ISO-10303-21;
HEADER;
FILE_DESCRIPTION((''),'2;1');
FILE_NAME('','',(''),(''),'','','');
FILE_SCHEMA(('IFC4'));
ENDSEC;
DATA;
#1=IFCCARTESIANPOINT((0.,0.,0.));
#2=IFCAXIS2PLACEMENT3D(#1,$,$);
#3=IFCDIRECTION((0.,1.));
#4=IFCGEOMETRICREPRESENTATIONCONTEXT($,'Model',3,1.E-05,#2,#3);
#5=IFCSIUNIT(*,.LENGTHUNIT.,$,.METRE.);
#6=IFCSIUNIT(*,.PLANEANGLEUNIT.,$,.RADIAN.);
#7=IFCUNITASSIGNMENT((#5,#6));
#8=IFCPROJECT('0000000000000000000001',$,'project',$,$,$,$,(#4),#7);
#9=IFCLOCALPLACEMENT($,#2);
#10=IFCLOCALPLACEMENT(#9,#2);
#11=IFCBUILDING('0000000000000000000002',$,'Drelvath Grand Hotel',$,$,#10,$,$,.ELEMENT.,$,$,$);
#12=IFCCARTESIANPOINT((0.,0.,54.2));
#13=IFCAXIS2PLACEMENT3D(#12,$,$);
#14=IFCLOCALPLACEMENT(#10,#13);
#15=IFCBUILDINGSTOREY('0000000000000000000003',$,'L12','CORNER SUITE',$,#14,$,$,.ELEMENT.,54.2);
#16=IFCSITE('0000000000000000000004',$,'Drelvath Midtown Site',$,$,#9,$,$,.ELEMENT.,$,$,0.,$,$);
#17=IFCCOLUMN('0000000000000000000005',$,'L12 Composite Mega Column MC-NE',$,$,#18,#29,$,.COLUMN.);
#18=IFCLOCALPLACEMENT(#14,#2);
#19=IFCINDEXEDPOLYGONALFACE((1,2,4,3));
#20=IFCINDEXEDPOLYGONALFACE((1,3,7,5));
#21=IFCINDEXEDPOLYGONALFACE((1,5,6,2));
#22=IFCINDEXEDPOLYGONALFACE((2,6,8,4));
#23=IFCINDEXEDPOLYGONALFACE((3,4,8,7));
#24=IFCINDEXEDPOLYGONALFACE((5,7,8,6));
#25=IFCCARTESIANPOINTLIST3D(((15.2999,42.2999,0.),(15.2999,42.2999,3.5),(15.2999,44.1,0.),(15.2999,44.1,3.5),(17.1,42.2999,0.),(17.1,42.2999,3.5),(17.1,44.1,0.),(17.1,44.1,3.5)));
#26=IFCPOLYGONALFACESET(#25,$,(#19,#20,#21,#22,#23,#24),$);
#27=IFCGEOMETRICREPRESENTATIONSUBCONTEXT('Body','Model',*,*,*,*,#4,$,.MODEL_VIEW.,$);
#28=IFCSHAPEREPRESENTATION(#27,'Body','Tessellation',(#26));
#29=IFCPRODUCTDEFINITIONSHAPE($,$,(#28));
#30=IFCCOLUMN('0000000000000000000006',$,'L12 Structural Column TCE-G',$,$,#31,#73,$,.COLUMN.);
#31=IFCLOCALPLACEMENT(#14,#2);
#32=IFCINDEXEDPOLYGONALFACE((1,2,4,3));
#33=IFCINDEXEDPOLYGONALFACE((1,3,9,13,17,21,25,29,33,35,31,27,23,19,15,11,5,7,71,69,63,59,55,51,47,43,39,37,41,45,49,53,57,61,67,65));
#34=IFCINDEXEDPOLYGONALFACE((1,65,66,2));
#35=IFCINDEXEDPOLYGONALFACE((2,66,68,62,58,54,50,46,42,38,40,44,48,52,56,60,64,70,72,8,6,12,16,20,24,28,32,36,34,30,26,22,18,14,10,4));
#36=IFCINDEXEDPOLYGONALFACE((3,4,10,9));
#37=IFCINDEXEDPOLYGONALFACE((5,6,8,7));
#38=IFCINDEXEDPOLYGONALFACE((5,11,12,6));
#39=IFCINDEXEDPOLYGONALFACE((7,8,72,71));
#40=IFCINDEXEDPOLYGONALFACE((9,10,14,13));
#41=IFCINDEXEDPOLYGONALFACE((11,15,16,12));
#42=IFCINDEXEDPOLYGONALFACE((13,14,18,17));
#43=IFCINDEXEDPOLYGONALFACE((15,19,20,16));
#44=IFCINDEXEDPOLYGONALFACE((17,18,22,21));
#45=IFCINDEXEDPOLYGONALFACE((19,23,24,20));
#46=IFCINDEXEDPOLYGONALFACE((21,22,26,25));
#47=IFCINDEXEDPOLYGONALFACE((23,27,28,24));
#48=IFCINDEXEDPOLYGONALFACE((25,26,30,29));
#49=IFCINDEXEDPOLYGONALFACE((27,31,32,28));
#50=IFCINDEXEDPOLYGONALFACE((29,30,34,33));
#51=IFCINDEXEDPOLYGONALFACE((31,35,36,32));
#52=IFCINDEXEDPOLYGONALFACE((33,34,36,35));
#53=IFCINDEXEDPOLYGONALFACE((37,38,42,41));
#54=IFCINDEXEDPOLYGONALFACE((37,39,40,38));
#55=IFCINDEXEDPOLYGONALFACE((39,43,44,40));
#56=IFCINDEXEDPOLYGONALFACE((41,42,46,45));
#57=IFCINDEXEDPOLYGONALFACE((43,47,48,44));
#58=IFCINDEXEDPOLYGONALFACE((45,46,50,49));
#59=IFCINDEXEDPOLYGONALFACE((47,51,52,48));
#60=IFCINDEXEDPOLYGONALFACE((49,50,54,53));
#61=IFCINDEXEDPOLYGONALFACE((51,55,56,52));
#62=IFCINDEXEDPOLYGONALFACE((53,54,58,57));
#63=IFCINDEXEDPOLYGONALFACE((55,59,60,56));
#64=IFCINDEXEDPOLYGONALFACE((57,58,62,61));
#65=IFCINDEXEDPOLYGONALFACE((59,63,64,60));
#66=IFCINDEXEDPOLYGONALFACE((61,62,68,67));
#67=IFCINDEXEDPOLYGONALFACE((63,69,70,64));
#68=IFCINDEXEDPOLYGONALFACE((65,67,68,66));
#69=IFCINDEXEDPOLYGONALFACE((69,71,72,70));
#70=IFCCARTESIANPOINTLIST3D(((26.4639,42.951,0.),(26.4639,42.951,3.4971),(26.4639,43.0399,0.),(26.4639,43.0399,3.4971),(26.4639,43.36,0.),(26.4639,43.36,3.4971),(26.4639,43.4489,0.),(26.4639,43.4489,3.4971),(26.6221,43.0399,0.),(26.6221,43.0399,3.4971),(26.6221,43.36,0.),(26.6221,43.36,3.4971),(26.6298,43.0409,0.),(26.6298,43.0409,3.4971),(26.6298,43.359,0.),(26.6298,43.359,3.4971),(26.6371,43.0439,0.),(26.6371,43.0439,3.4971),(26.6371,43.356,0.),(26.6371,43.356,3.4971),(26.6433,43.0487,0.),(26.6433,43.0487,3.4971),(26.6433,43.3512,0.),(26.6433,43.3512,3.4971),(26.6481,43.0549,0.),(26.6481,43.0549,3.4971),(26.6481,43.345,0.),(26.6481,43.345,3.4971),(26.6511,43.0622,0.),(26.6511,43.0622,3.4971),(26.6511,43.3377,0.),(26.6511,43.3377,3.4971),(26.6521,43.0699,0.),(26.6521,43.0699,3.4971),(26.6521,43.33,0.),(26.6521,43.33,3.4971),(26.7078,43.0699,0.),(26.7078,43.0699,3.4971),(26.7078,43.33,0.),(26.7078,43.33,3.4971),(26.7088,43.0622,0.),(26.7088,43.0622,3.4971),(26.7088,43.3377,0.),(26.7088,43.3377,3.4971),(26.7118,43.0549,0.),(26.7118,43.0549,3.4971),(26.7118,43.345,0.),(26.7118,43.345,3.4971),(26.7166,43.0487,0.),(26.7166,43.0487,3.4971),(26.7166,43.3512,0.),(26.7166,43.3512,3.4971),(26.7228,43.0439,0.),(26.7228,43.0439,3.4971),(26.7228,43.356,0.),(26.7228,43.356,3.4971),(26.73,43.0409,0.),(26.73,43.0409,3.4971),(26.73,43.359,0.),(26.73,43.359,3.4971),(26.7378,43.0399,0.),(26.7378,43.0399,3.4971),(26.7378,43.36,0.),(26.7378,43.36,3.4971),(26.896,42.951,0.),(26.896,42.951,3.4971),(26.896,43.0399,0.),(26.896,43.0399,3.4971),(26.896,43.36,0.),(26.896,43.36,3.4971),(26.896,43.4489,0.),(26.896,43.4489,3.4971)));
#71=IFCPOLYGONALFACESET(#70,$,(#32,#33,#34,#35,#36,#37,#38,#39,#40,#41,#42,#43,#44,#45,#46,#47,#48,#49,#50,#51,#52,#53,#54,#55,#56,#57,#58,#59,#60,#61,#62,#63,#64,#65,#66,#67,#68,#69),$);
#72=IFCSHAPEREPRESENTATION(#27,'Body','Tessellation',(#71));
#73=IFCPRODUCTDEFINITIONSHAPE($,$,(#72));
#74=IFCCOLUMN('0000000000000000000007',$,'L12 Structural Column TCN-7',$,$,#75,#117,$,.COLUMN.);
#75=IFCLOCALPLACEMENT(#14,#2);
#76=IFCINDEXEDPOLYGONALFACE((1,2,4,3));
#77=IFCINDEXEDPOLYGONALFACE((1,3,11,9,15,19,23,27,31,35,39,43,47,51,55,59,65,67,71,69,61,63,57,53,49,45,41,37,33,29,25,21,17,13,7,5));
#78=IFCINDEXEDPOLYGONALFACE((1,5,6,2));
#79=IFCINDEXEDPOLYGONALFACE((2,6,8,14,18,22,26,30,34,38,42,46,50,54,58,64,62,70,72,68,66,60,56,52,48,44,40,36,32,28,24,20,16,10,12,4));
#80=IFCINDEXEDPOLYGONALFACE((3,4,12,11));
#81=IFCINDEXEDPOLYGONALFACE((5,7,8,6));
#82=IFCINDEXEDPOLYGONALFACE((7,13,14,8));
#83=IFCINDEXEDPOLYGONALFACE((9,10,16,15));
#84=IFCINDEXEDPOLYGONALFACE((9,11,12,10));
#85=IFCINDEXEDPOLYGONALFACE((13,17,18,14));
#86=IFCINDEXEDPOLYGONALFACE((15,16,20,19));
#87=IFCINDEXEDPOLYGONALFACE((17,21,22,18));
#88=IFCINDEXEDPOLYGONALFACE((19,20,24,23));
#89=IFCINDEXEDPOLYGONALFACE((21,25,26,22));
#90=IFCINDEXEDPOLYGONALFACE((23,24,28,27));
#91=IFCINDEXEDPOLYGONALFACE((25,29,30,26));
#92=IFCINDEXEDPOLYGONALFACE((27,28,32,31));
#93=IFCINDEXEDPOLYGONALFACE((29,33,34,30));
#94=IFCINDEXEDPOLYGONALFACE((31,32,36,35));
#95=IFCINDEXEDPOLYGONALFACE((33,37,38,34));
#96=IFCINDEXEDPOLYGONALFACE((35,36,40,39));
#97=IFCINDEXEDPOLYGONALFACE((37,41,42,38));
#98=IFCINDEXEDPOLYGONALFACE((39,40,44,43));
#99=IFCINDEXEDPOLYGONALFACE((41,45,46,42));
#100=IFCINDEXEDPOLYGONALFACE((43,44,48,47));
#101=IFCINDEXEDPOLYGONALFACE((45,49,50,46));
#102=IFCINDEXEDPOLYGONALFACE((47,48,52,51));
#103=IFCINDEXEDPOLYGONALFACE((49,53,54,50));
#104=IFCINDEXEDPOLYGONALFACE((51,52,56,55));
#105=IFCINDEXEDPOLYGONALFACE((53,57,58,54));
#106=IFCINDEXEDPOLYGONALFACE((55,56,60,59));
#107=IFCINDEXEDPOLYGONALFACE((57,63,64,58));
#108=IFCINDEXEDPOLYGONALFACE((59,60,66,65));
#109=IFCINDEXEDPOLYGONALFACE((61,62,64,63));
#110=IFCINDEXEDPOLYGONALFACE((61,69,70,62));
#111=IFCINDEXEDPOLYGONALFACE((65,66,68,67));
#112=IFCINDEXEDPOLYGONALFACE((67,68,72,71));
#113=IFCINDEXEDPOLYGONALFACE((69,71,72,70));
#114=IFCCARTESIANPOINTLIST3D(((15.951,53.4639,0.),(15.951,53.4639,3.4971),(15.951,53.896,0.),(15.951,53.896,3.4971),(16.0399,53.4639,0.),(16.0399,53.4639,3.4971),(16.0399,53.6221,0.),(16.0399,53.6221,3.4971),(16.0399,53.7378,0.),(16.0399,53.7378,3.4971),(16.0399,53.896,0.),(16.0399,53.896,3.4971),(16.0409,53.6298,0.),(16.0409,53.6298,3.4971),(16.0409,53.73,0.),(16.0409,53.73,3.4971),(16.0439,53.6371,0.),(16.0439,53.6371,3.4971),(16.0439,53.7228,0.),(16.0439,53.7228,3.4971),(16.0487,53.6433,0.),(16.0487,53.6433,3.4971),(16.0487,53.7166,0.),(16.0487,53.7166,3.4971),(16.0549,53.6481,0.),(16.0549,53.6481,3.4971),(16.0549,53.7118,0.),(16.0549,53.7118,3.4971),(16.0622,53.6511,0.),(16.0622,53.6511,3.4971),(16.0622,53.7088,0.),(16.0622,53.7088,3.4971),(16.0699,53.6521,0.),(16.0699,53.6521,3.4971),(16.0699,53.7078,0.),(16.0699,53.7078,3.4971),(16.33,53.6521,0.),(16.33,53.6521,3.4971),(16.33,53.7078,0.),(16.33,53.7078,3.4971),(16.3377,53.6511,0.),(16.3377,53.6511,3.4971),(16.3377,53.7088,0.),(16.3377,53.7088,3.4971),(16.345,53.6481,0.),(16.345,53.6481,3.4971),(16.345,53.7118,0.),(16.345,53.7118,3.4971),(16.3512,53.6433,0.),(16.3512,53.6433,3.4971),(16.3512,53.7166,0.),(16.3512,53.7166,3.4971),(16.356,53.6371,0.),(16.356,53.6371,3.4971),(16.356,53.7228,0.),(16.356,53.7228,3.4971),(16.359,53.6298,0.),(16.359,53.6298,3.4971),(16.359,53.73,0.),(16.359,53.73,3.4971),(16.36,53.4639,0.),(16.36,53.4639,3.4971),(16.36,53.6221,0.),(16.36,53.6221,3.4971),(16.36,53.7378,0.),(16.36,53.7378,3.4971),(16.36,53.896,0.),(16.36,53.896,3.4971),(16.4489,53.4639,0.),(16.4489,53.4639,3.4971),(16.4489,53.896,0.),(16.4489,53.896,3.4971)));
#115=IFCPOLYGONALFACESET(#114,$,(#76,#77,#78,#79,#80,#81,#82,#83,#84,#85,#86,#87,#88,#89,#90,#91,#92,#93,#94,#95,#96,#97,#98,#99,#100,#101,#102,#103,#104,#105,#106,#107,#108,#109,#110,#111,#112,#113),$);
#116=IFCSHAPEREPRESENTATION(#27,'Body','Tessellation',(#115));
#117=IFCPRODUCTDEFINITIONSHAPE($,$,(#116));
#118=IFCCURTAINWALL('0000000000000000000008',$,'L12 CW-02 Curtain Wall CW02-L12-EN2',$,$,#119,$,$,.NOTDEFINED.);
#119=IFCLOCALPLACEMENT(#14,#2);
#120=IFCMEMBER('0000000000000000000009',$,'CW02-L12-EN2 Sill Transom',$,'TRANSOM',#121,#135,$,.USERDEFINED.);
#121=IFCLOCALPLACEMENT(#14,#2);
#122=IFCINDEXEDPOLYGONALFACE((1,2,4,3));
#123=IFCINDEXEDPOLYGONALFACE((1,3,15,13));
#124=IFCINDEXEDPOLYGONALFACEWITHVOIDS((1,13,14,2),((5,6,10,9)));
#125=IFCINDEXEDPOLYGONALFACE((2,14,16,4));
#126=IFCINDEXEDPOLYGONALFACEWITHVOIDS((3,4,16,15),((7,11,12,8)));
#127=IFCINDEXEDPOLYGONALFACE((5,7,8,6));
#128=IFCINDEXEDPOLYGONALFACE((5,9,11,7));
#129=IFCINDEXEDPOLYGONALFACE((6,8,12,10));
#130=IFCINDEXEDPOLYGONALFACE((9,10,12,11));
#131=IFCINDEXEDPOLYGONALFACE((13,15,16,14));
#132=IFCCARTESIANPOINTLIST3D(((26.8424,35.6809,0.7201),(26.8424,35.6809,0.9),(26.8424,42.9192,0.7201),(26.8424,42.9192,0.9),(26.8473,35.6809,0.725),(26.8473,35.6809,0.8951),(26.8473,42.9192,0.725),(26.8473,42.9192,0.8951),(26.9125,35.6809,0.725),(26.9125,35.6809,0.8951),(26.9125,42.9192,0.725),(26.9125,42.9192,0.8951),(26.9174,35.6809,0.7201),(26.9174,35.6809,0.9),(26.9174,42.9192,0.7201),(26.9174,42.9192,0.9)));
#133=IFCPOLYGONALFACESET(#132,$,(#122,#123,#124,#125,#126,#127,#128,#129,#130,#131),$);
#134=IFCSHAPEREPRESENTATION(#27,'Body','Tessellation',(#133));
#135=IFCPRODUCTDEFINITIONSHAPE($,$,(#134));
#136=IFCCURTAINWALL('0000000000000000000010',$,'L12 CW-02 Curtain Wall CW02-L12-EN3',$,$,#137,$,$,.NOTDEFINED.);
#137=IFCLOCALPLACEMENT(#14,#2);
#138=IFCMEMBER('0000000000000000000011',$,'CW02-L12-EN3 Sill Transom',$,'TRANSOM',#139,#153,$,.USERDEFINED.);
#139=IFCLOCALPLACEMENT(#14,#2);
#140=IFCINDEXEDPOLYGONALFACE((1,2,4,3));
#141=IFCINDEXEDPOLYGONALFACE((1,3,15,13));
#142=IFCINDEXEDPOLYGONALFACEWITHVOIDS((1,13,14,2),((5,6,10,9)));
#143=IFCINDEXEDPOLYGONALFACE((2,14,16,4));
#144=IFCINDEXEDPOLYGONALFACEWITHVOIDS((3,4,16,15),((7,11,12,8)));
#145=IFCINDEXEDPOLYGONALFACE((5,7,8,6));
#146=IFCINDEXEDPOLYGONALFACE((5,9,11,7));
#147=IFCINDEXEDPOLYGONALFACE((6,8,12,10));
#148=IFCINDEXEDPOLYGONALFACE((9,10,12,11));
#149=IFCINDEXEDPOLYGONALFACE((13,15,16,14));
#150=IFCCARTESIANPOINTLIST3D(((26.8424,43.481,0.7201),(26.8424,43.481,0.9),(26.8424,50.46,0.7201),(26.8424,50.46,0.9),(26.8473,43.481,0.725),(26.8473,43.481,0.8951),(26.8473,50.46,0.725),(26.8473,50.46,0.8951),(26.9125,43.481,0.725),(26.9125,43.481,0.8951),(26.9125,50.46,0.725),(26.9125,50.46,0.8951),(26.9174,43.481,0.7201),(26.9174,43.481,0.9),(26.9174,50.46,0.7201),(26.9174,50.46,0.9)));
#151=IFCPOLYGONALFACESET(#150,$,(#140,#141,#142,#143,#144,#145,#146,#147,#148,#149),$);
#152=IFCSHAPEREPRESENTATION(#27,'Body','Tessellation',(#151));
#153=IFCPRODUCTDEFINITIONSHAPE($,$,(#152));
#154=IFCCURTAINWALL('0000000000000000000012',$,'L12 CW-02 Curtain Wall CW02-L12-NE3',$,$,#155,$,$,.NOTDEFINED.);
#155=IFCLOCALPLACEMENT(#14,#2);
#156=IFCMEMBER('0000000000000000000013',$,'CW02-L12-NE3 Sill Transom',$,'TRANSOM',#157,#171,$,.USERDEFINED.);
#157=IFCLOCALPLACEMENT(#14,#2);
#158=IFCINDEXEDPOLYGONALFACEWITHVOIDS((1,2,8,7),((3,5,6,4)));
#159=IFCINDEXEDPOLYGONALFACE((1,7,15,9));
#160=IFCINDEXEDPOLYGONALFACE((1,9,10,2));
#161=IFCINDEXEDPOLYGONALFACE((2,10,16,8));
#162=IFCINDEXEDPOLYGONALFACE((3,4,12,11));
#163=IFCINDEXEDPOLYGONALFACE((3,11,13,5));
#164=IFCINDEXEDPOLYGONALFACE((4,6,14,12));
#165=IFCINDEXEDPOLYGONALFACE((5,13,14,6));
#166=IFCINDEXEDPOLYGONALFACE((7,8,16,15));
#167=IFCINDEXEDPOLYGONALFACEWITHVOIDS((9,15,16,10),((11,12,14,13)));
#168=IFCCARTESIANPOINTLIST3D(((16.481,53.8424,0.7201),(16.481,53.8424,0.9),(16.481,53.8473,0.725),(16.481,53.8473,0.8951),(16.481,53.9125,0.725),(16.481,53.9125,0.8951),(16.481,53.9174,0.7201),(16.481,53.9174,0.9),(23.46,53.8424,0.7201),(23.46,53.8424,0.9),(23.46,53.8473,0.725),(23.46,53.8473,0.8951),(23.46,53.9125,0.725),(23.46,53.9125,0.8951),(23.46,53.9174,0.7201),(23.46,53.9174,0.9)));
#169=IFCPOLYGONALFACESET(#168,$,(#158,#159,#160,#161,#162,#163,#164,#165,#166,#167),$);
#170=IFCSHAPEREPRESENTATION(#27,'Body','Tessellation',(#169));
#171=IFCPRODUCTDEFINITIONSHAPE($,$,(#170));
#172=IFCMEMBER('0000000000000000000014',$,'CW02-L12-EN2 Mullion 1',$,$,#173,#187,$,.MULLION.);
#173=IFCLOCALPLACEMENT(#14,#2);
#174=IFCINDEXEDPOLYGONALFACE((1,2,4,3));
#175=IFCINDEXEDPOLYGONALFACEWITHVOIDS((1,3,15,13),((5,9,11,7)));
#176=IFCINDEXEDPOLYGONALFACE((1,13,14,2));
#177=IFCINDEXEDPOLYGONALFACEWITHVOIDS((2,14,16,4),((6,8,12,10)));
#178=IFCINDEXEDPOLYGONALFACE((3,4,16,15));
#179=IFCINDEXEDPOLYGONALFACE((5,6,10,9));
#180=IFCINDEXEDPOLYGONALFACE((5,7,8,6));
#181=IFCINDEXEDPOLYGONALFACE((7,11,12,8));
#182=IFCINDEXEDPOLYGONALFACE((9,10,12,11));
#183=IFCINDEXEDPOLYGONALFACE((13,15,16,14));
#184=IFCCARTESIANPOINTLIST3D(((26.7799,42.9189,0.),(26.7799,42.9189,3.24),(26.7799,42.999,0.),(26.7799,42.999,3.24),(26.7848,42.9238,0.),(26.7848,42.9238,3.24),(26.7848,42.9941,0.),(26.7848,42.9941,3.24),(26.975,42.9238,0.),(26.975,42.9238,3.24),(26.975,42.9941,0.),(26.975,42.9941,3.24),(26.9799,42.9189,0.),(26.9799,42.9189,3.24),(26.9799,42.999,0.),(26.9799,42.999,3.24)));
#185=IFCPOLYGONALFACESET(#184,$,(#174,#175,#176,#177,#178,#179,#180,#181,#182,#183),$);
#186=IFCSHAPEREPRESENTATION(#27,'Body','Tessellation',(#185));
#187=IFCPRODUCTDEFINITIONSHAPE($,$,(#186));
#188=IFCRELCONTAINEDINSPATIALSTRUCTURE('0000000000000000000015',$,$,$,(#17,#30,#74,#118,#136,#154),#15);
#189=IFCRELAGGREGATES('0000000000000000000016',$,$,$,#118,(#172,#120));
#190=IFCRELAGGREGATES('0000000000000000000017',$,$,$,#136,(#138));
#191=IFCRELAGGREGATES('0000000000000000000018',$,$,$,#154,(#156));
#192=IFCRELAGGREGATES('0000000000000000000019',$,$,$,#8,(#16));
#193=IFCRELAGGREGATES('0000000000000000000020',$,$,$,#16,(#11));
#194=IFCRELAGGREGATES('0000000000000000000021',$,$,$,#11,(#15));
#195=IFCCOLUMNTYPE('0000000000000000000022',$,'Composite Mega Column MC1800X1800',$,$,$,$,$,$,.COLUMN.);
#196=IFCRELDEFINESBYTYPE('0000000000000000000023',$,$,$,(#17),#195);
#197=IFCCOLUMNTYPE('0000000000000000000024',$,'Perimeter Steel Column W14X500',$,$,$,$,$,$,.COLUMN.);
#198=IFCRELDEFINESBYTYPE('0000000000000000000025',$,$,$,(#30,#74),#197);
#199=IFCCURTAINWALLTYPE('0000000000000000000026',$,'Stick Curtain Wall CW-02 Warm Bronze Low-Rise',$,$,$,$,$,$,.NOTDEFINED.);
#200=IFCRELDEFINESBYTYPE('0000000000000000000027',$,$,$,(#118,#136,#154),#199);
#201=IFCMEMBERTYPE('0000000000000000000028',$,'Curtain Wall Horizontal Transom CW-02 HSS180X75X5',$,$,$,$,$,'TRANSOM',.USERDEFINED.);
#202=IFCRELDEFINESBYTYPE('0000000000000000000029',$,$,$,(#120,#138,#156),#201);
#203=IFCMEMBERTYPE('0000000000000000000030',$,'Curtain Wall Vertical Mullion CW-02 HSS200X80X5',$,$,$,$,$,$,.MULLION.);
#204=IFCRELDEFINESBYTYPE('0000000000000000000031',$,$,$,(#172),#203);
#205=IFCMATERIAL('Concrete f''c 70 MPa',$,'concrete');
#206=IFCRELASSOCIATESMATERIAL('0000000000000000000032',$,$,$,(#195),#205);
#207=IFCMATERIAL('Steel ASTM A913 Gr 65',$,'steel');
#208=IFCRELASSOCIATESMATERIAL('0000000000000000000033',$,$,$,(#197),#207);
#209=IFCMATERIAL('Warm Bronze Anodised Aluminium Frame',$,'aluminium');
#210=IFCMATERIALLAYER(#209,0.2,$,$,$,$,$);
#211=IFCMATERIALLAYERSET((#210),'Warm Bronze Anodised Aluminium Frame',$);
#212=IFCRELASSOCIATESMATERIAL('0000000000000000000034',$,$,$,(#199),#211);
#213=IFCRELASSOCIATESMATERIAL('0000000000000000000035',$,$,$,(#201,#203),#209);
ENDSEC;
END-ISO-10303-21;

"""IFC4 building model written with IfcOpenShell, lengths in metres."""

from ifc_helpers import new_model, si_unit, direction, frame, origin, origin_2d, place, context, subcontext, project, spatial, rectangle, hollow_rectangle, i_section, extrude, material, layer, layer_set, material_profile, profile_set, type_object, element, aggregate, save


model = new_model("IFC4")

# Units and contexts
model_context = context("Model", 3, precision=1e-05, world=origin(), true_north=direction((0.0, 1.0)))
body_context = subcontext(model_context, "Body", "Model", "MODEL_VIEW")
ifc_project = project(units=[si_unit("LENGTHUNIT", "METRE"), si_unit("PLANEANGLEUNIT", "RADIAN")], contexts=[model_context])

# Site, building, storey
site_placement = place(None, origin())
site = spatial("IfcSite", under=ifc_project, at=site_placement, Name="Drelvath Midtown Site", CompositionType="ELEMENT", RefElevation=0.0)
building_placement = place(site_placement, origin())
building = spatial("IfcBuilding", under=site, at=building_placement, Name="Drelvath Grand Hotel", CompositionType="ELEMENT")
storey_placement = place(building_placement, frame((0.0, 0.0, 54.2)))
storey = spatial("IfcBuildingStorey", under=building, at=storey_placement, Name="L12", Description="CORNER SUITE", CompositionType="ELEMENT", Elevation=54.2)

# Columns
ifc_material_1 = material(Name="Concrete f'c 70 MPa", Category="concrete")
ifc_material_profile_1 = material_profile(ifc_material_1, rectangle(XDim=1.8, YDim=1.8, at=origin_2d()), Name="MC1800X1800")
ifc_profile_set_1 = profile_set([ifc_material_profile_1], Name="Concrete f'c 70 MPa")
column_type_1 = type_object("IfcColumnType", Name="Composite Mega Column MC1800X1800", PredefinedType="COLUMN", material=ifc_profile_set_1)
column_placement = place(storey_placement, frame((16.2, 43.2, 0.0), z_axis=(0.0, 0.0, 1.0), x_axis=(1.0, 0.0, 0.0)))
element("IfcColumn", 1, at=column_placement, inside=storey, type_object=column_type_1, Name="L12 Composite Mega Column MC-NE", PredefinedType="COLUMN", context=body_context, shape_type="SweptSolid", body=[
    extrude(rectangle(XDim=1.8, YDim=1.8, at=origin_2d()), origin(), (0.0, 0.0, 1.0), 3.5),
])
ifc_material_2 = material(Name="Steel ASTM A913 Gr 65", Category="steel")
ifc_material_profile_2 = material_profile(ifc_material_2, i_section(OverallWidth=0.4321, OverallDepth=0.4978, WebThickness=0.0557, FlangeThickness=0.0889, FilletRadius=0.03, at=origin_2d()), Name="W14X500")
ifc_profile_set_2 = profile_set([ifc_material_profile_2], Name="Steel ASTM A913 Gr 65")
column_type_2 = type_object("IfcColumnType", Name="Perimeter Steel Column W14X500", PredefinedType="COLUMN", material=ifc_profile_set_2)
for number, where, z_axis, x_axis, name in (
    (2, (26.6799, 43.2, 0.0), (0.0, 0.0, 1.0), (1.0, 0.0, 0.0), "L12 Structural Column TCE-G"),
    (3, (16.2, 53.6799, 0.0), (0.0, 0.0, 1.0), (0.0, 1.0, 0.0), "L12 Structural Column TCN-7"),
):
    element("IfcColumn", number, at=place(storey_placement, frame(where, z_axis=z_axis, x_axis=x_axis)), inside=storey, type_object=column_type_2, Name=name, PredefinedType="COLUMN", context=body_context, shape_type="SweptSolid", body=[
        extrude(i_section(OverallWidth=0.4321, OverallDepth=0.4978, WebThickness=0.0557, FlangeThickness=0.0889, FilletRadius=0.03, at=origin_2d()), origin(), (0.0, 0.0, 1.0), 3.4971),
    ])

# Curtain walls, members
ifc_material_3 = material(Name="Warm Bronze Anodised Aluminium Frame", Category="aluminium")
ifc_layer_1 = layer(ifc_material_3, 0.2)
ifc_layer_set_1 = layer_set([ifc_layer_1], Name="Warm Bronze Anodised Aluminium Frame")
curtain_wall_type = type_object("IfcCurtainWallType", Name="Stick Curtain Wall CW-02 Warm Bronze Low-Rise", PredefinedType="NOTDEFINED", material=ifc_layer_set_1)
curtain_wall_1_placement = place(storey_placement, origin())
curtain_wall_1 = element("IfcCurtainWall", 4, at=curtain_wall_1_placement, inside=storey, type_object=curtain_wall_type, Name="L12 CW-02 Curtain Wall CW02-L12-EN2", PredefinedType="NOTDEFINED")
ifc_material_profile_3 = material_profile(ifc_material_3, hollow_rectangle(XDim=0.075, YDim=0.1799, WallThickness=0.0049, at=origin_2d()), Name="HSS180X75X5")
ifc_profile_set_3 = profile_set([ifc_material_profile_3], Name="Warm Bronze Anodised Aluminium Frame")
member_type_1 = type_object("IfcMemberType", Name="Curtain Wall Horizontal Transom CW-02 HSS180X75X5", ElementType="TRANSOM", PredefinedType="USERDEFINED", material=ifc_profile_set_3)
member_1_placement = place(storey_placement, frame((26.8799, 42.9192, 0.8101), z_axis=(0.0, -1.0, 0.0), x_axis=(1.0, 0.0, 0.0)))
member_1 = element("IfcMember", 5, at=member_1_placement, type_object=member_type_1, Name="CW02-L12-EN2 Sill Transom", ObjectType="TRANSOM", PredefinedType="USERDEFINED", context=body_context, shape_type="SweptSolid", body=[
    extrude(hollow_rectangle(XDim=0.075, YDim=0.1799, WallThickness=0.0049, at=origin_2d()), origin(), (0.0, 0.0, 1.0), 7.2383),
])
curtain_wall_2_placement = place(storey_placement, origin())
curtain_wall_2 = element("IfcCurtainWall", 6, at=curtain_wall_2_placement, inside=storey, type_object=curtain_wall_type, Name="L12 CW-02 Curtain Wall CW02-L12-EN3", PredefinedType="NOTDEFINED")
member_2_placement = place(storey_placement, frame((26.8799, 50.46, 0.8101), z_axis=(0.0, -1.0, 0.0), x_axis=(1.0, 0.0, 0.0)))
member_2 = element("IfcMember", 7, at=member_2_placement, type_object=member_type_1, Name="CW02-L12-EN3 Sill Transom", ObjectType="TRANSOM", PredefinedType="USERDEFINED", context=body_context, shape_type="SweptSolid", body=[
    extrude(hollow_rectangle(XDim=0.075, YDim=0.1799, WallThickness=0.0049, at=origin_2d()), origin(), (0.0, 0.0, 1.0), 6.979),
])
curtain_wall_3_placement = place(storey_placement, origin())
curtain_wall_3 = element("IfcCurtainWall", 8, at=curtain_wall_3_placement, inside=storey, type_object=curtain_wall_type, Name="L12 CW-02 Curtain Wall CW02-L12-NE3", PredefinedType="NOTDEFINED")
member_3_placement = place(storey_placement, frame((16.481, 53.8799, 0.8101), z_axis=(1.0, 0.0, 0.0), x_axis=(0.0, 1.0, 0.0)))
member_3 = element("IfcMember", 9, at=member_3_placement, type_object=member_type_1, Name="CW02-L12-NE3 Sill Transom", ObjectType="TRANSOM", PredefinedType="USERDEFINED", context=body_context, shape_type="SweptSolid", body=[
    extrude(hollow_rectangle(XDim=0.075, YDim=0.1799, WallThickness=0.0049, at=origin_2d()), origin(), (0.0, 0.0, 1.0), 6.979),
])

# Member
ifc_material_profile_4 = material_profile(ifc_material_3, hollow_rectangle(XDim=0.0801, YDim=0.2, WallThickness=0.0049, at=origin_2d()), Name="HSS200X80X5")
ifc_profile_set_4 = profile_set([ifc_material_profile_4], Name="Warm Bronze Anodised Aluminium Frame")
member_type_2 = type_object("IfcMemberType", Name="Curtain Wall Vertical Mullion CW-02 HSS200X80X5", PredefinedType="MULLION", material=ifc_profile_set_4)
member_4_placement = place(storey_placement, frame((26.8799, 42.959, 0.0), z_axis=(0.0, 0.0, 1.0), x_axis=(0.0, 1.0, 0.0)))
member_4 = element("IfcMember", 10, at=member_4_placement, type_object=member_type_2, Name="CW02-L12-EN2 Mullion 1", PredefinedType="MULLION", context=body_context, shape_type="SweptSolid", body=[
    extrude(hollow_rectangle(XDim=0.0801, YDim=0.2, WallThickness=0.0049, at=origin_2d()), origin(), (0.0, 0.0, 1.0), 3.24),
])

aggregate(curtain_wall_1, [member_4, member_1])
aggregate(curtain_wall_2, [member_2])
aggregate(curtain_wall_3, [member_3])

save(model, "model.ifc")
